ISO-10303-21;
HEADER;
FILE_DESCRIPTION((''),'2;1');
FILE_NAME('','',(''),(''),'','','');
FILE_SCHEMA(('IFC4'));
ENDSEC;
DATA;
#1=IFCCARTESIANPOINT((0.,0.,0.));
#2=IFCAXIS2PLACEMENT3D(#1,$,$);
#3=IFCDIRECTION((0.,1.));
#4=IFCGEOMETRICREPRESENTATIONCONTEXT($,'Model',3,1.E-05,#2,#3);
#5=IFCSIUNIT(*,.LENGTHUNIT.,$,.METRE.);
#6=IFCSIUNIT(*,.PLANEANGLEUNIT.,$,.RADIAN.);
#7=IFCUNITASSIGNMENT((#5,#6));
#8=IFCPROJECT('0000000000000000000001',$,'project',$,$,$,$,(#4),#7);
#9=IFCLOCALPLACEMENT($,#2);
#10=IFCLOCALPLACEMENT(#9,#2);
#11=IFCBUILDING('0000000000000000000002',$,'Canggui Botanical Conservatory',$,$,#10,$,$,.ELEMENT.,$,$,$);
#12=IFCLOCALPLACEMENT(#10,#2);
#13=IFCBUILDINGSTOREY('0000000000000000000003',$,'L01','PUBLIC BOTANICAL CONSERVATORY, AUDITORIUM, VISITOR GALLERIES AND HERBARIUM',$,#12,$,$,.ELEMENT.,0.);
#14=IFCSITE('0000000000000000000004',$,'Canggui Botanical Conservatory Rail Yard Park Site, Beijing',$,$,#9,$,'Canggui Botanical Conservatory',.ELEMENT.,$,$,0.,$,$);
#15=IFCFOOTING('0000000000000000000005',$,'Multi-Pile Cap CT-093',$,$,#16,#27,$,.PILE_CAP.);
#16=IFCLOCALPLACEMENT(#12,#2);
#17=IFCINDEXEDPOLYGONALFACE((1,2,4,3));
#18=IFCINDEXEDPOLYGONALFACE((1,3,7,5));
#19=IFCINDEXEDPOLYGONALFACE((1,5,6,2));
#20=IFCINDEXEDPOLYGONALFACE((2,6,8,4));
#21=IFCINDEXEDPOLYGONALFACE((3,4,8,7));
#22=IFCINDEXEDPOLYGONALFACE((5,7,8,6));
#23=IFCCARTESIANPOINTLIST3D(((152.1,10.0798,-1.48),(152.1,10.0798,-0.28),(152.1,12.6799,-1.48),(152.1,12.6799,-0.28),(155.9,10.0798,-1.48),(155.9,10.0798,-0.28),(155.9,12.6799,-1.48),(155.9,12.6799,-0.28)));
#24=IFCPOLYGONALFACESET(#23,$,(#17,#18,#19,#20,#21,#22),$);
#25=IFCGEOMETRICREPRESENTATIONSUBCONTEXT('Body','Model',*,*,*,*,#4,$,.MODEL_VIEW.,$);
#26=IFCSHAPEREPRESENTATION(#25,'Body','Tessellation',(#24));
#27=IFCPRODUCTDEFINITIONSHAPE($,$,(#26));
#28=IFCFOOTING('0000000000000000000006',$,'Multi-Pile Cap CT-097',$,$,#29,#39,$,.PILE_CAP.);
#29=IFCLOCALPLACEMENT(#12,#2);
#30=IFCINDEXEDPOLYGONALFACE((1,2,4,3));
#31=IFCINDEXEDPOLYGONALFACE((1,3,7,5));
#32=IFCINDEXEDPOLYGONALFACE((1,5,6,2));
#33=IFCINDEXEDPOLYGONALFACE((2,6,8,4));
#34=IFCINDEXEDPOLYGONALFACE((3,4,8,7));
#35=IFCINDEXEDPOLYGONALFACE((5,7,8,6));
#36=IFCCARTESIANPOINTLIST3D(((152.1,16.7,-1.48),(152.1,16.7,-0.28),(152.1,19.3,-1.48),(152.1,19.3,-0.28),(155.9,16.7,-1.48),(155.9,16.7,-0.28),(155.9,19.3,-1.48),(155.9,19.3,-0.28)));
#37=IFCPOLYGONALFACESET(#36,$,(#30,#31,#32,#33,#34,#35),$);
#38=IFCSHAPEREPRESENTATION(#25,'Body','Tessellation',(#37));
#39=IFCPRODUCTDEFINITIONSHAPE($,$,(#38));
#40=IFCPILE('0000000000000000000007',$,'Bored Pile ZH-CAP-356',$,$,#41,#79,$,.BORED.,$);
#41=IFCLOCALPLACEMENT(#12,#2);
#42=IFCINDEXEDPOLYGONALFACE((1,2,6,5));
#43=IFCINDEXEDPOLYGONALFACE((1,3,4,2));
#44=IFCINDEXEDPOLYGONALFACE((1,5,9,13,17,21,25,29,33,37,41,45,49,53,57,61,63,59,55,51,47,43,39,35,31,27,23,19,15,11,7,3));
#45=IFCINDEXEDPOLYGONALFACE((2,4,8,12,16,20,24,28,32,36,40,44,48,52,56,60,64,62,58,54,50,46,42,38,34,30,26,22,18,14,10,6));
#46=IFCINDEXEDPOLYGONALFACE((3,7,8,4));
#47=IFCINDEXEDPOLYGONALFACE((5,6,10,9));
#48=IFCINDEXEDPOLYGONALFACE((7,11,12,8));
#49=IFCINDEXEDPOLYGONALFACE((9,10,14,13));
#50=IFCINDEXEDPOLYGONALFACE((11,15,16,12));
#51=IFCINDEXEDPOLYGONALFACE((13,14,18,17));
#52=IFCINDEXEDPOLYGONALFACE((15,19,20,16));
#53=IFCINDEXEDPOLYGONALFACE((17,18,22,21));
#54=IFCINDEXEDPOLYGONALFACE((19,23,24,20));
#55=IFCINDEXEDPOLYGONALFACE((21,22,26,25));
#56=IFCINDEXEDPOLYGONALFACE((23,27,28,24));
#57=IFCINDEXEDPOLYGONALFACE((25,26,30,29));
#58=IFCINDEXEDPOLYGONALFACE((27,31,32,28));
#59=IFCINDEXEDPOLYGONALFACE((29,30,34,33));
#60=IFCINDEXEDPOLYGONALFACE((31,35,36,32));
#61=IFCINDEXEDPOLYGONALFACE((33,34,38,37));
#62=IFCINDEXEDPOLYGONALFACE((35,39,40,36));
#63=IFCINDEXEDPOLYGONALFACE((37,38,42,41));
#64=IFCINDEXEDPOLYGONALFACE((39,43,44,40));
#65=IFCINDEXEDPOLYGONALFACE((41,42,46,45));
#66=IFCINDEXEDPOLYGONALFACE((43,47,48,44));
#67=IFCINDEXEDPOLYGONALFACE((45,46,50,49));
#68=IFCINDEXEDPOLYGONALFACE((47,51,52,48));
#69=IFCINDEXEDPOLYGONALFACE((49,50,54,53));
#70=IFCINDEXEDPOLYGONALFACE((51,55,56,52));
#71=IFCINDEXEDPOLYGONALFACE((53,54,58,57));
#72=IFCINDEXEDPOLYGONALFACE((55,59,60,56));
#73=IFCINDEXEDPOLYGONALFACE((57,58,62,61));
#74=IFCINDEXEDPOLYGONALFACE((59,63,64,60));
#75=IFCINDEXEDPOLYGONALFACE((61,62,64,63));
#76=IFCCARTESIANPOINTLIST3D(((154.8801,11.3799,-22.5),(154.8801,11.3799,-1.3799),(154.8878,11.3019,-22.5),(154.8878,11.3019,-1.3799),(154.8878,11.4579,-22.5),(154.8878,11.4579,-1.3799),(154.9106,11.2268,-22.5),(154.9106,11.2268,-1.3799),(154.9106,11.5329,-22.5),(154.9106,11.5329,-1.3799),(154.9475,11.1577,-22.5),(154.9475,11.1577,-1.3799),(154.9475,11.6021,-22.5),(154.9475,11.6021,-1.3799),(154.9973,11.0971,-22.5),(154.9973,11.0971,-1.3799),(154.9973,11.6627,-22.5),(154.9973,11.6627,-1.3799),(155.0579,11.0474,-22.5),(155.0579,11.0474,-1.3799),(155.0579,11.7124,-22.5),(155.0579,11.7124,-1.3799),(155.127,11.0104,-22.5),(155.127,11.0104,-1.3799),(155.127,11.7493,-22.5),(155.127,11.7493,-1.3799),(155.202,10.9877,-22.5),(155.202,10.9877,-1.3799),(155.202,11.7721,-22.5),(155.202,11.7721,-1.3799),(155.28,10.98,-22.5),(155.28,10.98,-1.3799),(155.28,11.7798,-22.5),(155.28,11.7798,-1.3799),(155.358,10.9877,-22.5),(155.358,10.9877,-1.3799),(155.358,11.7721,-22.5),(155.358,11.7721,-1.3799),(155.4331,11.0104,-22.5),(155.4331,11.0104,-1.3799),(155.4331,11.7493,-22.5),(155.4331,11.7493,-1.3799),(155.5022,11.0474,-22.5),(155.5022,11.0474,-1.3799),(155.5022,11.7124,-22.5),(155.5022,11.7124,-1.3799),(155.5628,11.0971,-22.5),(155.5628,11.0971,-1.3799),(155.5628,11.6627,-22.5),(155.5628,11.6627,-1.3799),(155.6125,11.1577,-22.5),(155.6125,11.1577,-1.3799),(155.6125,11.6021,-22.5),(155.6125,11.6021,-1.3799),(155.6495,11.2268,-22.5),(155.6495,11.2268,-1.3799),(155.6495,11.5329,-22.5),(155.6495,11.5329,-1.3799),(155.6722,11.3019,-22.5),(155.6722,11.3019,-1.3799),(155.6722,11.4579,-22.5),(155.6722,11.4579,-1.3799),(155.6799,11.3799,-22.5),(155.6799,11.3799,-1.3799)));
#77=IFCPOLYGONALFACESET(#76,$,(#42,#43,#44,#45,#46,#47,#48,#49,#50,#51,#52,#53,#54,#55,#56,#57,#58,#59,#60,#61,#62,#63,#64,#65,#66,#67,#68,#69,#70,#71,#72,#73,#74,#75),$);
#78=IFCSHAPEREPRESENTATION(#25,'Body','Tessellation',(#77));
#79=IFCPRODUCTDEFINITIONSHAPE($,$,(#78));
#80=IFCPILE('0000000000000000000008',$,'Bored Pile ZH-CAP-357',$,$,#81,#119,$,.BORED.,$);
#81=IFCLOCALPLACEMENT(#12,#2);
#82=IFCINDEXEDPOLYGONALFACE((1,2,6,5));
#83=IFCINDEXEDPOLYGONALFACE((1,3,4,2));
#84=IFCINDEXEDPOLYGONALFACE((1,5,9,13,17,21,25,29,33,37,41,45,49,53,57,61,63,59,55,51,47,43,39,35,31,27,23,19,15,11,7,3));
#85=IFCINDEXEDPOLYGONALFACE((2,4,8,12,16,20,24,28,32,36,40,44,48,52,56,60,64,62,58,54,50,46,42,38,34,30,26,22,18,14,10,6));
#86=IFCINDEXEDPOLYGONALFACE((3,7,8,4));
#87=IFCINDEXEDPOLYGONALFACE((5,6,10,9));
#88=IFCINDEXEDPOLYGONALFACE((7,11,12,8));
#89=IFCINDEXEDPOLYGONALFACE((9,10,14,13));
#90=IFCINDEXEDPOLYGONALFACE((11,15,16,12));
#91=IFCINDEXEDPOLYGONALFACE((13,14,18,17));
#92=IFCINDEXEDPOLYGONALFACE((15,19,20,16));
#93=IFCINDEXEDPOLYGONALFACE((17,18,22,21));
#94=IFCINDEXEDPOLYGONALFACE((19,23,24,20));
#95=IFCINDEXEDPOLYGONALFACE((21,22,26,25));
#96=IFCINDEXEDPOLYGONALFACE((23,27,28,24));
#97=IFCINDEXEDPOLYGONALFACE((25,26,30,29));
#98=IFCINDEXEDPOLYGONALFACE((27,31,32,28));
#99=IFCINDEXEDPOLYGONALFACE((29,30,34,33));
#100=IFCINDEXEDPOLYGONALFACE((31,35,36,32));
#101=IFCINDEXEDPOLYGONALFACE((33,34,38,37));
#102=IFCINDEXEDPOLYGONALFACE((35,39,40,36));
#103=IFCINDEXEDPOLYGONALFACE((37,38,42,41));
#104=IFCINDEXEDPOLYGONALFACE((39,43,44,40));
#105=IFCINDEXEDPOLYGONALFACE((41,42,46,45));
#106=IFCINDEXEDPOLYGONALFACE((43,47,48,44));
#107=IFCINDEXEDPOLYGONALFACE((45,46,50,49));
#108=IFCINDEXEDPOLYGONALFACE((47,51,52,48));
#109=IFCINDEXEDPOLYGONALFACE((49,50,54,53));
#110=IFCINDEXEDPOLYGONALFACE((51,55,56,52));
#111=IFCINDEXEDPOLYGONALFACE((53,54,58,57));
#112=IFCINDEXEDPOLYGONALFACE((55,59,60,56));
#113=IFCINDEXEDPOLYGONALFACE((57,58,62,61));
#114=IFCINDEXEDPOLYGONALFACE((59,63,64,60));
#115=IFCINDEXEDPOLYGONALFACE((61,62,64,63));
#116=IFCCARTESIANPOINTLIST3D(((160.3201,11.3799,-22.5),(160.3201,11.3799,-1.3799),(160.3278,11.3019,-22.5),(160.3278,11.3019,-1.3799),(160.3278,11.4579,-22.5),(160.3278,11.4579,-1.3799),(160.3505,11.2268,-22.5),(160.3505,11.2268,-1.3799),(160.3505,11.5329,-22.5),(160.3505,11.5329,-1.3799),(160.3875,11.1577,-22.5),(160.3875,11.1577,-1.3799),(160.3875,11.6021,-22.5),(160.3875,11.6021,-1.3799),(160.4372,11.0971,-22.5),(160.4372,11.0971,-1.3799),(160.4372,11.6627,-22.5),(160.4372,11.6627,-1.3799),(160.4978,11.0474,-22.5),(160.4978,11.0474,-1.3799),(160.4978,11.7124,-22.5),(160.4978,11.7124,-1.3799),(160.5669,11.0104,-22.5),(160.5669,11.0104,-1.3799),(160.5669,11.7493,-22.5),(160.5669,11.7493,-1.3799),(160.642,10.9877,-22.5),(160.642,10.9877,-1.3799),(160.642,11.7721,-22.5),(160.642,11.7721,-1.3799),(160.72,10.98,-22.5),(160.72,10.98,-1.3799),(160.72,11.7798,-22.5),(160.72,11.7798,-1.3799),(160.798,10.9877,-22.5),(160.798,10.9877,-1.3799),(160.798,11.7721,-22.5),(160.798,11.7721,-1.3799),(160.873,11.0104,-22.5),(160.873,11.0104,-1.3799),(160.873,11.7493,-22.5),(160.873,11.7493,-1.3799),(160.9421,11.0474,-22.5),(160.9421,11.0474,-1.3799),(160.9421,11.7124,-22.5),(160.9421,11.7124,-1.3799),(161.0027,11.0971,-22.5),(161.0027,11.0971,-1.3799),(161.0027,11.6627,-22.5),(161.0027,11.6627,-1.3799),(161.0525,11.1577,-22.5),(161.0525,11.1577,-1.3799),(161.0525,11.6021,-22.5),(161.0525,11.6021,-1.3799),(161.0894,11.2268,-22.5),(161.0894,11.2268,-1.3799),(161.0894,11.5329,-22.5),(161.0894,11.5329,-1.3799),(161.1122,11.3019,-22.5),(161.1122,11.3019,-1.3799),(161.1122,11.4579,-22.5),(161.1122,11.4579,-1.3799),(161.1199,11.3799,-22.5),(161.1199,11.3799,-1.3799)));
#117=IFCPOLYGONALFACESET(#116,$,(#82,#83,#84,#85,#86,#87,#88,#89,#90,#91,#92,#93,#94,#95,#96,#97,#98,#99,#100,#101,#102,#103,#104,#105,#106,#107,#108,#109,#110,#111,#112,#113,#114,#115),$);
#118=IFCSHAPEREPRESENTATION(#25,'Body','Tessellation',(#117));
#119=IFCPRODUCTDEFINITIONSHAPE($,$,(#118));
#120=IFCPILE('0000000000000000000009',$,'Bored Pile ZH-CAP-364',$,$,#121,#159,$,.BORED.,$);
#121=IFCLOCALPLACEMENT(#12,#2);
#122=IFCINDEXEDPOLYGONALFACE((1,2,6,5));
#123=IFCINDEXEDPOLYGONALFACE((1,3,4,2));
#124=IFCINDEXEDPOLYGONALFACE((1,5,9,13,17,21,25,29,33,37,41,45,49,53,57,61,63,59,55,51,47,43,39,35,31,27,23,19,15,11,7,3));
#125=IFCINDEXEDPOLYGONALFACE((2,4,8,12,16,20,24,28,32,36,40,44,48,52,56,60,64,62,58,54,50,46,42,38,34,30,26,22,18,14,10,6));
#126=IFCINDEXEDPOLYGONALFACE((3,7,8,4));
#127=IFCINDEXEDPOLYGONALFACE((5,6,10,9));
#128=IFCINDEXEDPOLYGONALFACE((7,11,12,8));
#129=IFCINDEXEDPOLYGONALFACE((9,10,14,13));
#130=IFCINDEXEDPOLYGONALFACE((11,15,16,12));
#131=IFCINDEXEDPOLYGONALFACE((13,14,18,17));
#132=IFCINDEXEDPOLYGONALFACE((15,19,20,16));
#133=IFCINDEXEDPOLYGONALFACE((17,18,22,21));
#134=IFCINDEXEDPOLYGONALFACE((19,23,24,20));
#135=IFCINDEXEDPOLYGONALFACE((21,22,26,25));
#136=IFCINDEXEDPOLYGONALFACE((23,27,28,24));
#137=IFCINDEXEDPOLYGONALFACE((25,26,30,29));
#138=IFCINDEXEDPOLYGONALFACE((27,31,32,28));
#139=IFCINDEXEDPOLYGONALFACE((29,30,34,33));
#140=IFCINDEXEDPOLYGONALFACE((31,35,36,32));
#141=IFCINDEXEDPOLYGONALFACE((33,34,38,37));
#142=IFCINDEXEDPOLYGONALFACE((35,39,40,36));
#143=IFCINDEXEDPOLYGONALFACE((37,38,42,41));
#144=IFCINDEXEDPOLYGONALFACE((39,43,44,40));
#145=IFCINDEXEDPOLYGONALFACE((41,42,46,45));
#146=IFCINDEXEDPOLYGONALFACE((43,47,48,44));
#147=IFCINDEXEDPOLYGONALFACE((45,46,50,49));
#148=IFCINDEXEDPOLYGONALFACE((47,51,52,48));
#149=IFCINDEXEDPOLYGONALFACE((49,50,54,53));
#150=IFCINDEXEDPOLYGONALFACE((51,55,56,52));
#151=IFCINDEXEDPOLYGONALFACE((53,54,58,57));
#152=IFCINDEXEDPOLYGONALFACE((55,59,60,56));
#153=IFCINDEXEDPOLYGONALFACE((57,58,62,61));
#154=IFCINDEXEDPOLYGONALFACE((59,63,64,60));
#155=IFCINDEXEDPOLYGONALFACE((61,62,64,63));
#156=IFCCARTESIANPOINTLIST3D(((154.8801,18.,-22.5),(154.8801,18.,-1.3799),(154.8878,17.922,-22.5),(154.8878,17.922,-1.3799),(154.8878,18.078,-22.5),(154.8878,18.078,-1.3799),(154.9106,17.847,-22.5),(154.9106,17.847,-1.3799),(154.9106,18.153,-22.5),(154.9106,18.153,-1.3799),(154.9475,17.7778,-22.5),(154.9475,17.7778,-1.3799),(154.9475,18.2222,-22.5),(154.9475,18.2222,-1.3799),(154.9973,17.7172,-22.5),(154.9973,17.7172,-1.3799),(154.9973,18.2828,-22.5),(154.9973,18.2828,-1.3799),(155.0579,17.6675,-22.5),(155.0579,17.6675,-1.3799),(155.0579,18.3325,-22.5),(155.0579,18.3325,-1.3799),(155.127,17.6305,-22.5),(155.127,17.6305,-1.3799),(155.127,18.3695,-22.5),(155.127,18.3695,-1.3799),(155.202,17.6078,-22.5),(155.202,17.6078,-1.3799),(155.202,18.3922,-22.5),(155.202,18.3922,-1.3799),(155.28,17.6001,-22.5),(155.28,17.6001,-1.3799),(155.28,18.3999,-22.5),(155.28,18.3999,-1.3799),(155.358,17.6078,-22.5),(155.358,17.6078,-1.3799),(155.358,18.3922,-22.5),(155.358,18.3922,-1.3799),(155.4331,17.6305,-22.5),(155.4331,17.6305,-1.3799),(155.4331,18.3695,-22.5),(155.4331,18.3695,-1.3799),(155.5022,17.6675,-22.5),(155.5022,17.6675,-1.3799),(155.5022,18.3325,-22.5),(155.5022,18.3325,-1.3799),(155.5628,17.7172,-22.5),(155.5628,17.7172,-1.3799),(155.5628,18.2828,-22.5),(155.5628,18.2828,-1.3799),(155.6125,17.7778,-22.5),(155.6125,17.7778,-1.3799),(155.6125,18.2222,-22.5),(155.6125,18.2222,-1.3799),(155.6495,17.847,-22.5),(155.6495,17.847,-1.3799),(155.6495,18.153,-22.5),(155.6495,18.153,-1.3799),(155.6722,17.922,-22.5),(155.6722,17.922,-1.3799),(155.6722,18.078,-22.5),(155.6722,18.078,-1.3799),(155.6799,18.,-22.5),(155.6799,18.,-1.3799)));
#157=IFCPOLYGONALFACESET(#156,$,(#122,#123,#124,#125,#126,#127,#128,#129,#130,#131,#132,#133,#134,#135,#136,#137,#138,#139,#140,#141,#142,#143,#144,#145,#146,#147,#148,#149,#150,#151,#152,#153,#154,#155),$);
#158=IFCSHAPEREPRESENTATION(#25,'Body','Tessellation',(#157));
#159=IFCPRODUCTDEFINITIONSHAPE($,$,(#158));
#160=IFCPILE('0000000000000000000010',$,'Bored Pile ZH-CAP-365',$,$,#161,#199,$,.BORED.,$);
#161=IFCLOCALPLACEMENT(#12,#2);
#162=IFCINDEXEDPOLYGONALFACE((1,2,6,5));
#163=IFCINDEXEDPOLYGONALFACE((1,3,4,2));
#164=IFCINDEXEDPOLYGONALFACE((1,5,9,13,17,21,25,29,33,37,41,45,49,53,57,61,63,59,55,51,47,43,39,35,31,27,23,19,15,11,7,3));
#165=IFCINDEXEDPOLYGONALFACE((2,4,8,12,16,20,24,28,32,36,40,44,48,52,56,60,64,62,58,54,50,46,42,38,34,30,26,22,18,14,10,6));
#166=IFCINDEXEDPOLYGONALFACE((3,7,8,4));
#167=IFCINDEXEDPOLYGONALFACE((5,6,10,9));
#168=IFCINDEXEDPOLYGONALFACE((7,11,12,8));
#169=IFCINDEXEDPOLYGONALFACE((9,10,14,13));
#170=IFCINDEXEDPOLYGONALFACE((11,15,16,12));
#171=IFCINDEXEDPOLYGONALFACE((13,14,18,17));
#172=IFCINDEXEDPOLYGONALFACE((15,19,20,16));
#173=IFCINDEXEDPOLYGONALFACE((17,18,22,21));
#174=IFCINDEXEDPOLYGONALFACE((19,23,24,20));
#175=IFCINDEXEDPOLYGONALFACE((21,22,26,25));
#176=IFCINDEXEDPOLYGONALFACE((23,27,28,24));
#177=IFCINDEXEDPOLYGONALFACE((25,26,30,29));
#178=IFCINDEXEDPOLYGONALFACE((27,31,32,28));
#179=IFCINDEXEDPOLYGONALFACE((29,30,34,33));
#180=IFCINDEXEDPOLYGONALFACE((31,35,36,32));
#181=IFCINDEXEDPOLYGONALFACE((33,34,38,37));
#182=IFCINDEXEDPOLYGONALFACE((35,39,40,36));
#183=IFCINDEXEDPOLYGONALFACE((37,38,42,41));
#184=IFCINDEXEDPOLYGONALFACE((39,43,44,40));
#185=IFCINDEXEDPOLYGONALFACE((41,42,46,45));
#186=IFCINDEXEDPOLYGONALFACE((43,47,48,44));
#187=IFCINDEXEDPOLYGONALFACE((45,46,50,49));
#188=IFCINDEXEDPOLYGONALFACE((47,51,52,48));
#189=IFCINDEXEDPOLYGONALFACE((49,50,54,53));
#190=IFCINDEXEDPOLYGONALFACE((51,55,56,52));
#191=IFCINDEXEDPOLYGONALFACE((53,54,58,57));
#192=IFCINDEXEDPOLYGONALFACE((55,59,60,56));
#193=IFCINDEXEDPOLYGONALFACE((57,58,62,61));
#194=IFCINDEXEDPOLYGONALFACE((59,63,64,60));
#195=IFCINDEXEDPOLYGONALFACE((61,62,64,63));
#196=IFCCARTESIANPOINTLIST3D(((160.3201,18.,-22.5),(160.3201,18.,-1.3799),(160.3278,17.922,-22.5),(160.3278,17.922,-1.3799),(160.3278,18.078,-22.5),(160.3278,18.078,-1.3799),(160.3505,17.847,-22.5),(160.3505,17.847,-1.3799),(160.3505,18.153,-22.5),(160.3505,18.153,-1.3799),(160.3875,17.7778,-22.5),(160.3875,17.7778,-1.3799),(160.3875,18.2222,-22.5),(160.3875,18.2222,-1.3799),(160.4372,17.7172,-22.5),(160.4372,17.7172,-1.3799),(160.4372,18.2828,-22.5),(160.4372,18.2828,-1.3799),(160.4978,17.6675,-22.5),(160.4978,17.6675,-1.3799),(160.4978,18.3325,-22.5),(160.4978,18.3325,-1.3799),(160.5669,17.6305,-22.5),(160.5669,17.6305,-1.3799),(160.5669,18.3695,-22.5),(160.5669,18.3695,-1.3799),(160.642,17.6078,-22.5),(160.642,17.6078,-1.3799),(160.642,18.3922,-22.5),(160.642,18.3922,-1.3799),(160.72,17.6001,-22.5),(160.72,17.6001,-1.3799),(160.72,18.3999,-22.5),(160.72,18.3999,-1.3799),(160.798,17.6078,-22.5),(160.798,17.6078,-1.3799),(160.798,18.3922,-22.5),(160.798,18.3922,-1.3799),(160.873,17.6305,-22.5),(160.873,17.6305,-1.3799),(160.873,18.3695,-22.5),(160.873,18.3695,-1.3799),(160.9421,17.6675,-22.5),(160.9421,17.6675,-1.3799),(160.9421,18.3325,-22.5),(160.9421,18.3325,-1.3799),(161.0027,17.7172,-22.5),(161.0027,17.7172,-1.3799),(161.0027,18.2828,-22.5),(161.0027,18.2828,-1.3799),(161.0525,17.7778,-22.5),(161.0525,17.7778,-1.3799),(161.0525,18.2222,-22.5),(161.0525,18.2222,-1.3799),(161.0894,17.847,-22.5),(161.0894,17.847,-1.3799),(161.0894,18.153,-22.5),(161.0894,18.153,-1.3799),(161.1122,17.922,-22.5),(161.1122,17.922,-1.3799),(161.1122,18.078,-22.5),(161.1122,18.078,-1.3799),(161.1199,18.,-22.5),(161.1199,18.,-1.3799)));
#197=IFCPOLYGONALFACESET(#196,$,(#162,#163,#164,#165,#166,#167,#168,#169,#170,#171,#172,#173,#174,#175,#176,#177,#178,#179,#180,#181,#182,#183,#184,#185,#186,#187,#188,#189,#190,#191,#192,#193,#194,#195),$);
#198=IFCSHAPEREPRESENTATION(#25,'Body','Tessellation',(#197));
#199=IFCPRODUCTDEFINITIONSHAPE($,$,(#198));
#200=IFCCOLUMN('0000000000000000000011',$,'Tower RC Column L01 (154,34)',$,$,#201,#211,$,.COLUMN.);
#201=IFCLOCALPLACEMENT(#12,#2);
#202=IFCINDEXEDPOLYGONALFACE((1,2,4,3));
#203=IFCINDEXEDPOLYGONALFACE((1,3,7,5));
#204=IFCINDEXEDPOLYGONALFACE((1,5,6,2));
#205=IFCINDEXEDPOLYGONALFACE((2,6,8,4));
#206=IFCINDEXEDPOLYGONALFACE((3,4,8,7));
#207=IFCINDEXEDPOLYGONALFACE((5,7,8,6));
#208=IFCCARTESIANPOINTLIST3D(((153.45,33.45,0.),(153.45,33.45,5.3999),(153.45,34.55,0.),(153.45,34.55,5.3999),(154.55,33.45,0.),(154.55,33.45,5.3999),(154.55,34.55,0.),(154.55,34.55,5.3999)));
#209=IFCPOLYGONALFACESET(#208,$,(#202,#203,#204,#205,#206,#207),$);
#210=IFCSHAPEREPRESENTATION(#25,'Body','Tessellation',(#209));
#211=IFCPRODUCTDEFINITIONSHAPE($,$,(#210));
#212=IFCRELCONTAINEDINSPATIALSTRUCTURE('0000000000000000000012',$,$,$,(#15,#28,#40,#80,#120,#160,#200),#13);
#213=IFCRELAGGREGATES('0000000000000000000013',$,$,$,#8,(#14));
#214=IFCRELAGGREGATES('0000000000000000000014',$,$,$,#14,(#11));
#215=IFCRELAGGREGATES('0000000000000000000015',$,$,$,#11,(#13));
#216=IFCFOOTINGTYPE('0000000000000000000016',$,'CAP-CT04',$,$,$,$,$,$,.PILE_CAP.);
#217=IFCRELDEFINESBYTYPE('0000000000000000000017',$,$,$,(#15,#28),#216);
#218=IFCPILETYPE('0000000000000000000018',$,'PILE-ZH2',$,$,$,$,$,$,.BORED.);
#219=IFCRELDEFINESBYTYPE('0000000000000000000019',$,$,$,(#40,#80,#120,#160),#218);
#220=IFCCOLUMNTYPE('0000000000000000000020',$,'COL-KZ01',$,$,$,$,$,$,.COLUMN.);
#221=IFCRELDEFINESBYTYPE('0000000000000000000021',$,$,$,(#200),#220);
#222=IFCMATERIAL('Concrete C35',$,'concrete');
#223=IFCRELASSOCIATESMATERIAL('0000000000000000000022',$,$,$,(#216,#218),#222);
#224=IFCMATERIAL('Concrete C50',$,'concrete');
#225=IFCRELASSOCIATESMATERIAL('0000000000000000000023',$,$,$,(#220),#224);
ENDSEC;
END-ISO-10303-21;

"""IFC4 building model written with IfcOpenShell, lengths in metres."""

from ifc_helpers import new_model, si_unit, direction, frame, origin, origin_2d, place, context, subcontext, project, spatial, rectangle, circle, extrude, material, material_profile, profile_set, type_object, element, save


model = new_model("IFC4")

# Units and contexts
model_context = context("Model", 3, precision=1e-05, world=origin(), true_north=direction((0.0, 1.0)))
body_context = subcontext(model_context, "Body", "Model", "MODEL_VIEW")
ifc_project = project(units=[si_unit("LENGTHUNIT", "METRE"), si_unit("PLANEANGLEUNIT", "RADIAN")], contexts=[model_context])

# Site, building, storey
site_placement = place(None, origin())
site = spatial("IfcSite", under=ifc_project, at=site_placement, Name="Canggui Botanical Conservatory Rail Yard Park Site, Beijing", LongName="Canggui Botanical Conservatory", CompositionType="ELEMENT", RefElevation=0.0)
building_placement = place(site_placement, origin())
building = spatial("IfcBuilding", under=site, at=building_placement, Name="Canggui Botanical Conservatory", CompositionType="ELEMENT")
storey_placement = place(building_placement, origin())
storey = spatial("IfcBuildingStorey", under=building, at=storey_placement, Name="L01", Description="PUBLIC BOTANICAL CONSERVATORY, AUDITORIUM, VISITOR GALLERIES AND HERBARIUM", CompositionType="ELEMENT", Elevation=0.0)

# Footings
ifc_material_1 = material(Name="Concrete C35", Category="concrete")
footing_type = type_object("IfcFootingType", Name="CAP-CT04", PredefinedType="PILE_CAP", material=ifc_material_1)
for number, where, z_axis, x_axis, name in (
    (1, (154.0, 11.3799, -1.48), (0.0, 0.0, 1.0), (1.0, 0.0, 0.0), "Multi-Pile Cap CT-093"),
    (2, (154.0, 18.0, -1.48), (0.0, 0.0, 1.0), (1.0, 0.0, 0.0), "Multi-Pile Cap CT-097"),
):
    element("IfcFooting", number, at=place(storey_placement, frame(where, z_axis=z_axis, x_axis=x_axis)), inside=storey, type_object=footing_type, Name=name, PredefinedType="PILE_CAP", context=body_context, shape_type="SweptSolid", body=[
        extrude(rectangle(XDim=3.8, YDim=2.6001, at=origin_2d()), origin(), (0.0, 0.0, 1.0), 1.2),
    ])

# Piles
ifc_material_profile_1 = material_profile(ifc_material_1, circle(Radius=0.3999, at=origin_2d()), Name="PILE D800")
ifc_profile_set_1 = profile_set([ifc_material_profile_1], Name="Concrete C35")
pile_type = type_object("IfcPileType", Name="PILE-ZH2", PredefinedType="BORED", material=ifc_profile_set_1)
for number, where, z_axis, x_axis, name in (
    (3, (155.28, 11.3799, -1.3799), (0.0, 0.0, -1.0), (1.0, 0.0, 0.0), "Bored Pile ZH-CAP-356"),
    (4, (160.72, 11.3799, -1.3799), (0.0, 0.0, -1.0), (1.0, 0.0, 0.0), "Bored Pile ZH-CAP-357"),
    (5, (155.28, 18.0, -1.3799), (0.0, 0.0, -1.0), (1.0, 0.0, 0.0), "Bored Pile ZH-CAP-364"),
    (6, (160.72, 18.0, -1.3799), (0.0, 0.0, -1.0), (1.0, 0.0, 0.0), "Bored Pile ZH-CAP-365"),
):
    element("IfcPile", number, at=place(storey_placement, frame(where, z_axis=z_axis, x_axis=x_axis)), inside=storey, type_object=pile_type, Name=name, PredefinedType="BORED", context=body_context, shape_type="SweptSolid", body=[
        extrude(circle(Radius=0.3999, at=origin_2d()), origin(), (0.0, 0.0, 1.0), 21.1201),
    ])

# Column
ifc_material_2 = material(Name="Concrete C50", Category="concrete")
ifc_material_profile_2 = material_profile(ifc_material_2, rectangle(XDim=1.1001, YDim=1.1001, at=origin_2d()), Name="RC 1100x1100")
ifc_profile_set_2 = profile_set([ifc_material_profile_2], Name="Concrete C50")
column_type_1 = type_object("IfcColumnType", Name="COL-KZ01", PredefinedType="COLUMN", material=ifc_profile_set_2)
column_1_placement = place(storey_placement, frame((154.0, 34.0, 0.0), z_axis=(0.0, 0.0, 1.0), x_axis=(1.0, 0.0, 0.0)))
element("IfcColumn", 7, at=column_1_placement, inside=storey, type_object=column_type_1, Name="Tower RC Column L01 (154,34)", PredefinedType="COLUMN", context=body_context, shape_type="SweptSolid", body=[
    extrude(rectangle(XDim=1.1001, YDim=1.1001, at=origin_2d()), origin(), (0.0, 0.0, 1.0), 5.3999),
])

save(model, "model.ifc")
